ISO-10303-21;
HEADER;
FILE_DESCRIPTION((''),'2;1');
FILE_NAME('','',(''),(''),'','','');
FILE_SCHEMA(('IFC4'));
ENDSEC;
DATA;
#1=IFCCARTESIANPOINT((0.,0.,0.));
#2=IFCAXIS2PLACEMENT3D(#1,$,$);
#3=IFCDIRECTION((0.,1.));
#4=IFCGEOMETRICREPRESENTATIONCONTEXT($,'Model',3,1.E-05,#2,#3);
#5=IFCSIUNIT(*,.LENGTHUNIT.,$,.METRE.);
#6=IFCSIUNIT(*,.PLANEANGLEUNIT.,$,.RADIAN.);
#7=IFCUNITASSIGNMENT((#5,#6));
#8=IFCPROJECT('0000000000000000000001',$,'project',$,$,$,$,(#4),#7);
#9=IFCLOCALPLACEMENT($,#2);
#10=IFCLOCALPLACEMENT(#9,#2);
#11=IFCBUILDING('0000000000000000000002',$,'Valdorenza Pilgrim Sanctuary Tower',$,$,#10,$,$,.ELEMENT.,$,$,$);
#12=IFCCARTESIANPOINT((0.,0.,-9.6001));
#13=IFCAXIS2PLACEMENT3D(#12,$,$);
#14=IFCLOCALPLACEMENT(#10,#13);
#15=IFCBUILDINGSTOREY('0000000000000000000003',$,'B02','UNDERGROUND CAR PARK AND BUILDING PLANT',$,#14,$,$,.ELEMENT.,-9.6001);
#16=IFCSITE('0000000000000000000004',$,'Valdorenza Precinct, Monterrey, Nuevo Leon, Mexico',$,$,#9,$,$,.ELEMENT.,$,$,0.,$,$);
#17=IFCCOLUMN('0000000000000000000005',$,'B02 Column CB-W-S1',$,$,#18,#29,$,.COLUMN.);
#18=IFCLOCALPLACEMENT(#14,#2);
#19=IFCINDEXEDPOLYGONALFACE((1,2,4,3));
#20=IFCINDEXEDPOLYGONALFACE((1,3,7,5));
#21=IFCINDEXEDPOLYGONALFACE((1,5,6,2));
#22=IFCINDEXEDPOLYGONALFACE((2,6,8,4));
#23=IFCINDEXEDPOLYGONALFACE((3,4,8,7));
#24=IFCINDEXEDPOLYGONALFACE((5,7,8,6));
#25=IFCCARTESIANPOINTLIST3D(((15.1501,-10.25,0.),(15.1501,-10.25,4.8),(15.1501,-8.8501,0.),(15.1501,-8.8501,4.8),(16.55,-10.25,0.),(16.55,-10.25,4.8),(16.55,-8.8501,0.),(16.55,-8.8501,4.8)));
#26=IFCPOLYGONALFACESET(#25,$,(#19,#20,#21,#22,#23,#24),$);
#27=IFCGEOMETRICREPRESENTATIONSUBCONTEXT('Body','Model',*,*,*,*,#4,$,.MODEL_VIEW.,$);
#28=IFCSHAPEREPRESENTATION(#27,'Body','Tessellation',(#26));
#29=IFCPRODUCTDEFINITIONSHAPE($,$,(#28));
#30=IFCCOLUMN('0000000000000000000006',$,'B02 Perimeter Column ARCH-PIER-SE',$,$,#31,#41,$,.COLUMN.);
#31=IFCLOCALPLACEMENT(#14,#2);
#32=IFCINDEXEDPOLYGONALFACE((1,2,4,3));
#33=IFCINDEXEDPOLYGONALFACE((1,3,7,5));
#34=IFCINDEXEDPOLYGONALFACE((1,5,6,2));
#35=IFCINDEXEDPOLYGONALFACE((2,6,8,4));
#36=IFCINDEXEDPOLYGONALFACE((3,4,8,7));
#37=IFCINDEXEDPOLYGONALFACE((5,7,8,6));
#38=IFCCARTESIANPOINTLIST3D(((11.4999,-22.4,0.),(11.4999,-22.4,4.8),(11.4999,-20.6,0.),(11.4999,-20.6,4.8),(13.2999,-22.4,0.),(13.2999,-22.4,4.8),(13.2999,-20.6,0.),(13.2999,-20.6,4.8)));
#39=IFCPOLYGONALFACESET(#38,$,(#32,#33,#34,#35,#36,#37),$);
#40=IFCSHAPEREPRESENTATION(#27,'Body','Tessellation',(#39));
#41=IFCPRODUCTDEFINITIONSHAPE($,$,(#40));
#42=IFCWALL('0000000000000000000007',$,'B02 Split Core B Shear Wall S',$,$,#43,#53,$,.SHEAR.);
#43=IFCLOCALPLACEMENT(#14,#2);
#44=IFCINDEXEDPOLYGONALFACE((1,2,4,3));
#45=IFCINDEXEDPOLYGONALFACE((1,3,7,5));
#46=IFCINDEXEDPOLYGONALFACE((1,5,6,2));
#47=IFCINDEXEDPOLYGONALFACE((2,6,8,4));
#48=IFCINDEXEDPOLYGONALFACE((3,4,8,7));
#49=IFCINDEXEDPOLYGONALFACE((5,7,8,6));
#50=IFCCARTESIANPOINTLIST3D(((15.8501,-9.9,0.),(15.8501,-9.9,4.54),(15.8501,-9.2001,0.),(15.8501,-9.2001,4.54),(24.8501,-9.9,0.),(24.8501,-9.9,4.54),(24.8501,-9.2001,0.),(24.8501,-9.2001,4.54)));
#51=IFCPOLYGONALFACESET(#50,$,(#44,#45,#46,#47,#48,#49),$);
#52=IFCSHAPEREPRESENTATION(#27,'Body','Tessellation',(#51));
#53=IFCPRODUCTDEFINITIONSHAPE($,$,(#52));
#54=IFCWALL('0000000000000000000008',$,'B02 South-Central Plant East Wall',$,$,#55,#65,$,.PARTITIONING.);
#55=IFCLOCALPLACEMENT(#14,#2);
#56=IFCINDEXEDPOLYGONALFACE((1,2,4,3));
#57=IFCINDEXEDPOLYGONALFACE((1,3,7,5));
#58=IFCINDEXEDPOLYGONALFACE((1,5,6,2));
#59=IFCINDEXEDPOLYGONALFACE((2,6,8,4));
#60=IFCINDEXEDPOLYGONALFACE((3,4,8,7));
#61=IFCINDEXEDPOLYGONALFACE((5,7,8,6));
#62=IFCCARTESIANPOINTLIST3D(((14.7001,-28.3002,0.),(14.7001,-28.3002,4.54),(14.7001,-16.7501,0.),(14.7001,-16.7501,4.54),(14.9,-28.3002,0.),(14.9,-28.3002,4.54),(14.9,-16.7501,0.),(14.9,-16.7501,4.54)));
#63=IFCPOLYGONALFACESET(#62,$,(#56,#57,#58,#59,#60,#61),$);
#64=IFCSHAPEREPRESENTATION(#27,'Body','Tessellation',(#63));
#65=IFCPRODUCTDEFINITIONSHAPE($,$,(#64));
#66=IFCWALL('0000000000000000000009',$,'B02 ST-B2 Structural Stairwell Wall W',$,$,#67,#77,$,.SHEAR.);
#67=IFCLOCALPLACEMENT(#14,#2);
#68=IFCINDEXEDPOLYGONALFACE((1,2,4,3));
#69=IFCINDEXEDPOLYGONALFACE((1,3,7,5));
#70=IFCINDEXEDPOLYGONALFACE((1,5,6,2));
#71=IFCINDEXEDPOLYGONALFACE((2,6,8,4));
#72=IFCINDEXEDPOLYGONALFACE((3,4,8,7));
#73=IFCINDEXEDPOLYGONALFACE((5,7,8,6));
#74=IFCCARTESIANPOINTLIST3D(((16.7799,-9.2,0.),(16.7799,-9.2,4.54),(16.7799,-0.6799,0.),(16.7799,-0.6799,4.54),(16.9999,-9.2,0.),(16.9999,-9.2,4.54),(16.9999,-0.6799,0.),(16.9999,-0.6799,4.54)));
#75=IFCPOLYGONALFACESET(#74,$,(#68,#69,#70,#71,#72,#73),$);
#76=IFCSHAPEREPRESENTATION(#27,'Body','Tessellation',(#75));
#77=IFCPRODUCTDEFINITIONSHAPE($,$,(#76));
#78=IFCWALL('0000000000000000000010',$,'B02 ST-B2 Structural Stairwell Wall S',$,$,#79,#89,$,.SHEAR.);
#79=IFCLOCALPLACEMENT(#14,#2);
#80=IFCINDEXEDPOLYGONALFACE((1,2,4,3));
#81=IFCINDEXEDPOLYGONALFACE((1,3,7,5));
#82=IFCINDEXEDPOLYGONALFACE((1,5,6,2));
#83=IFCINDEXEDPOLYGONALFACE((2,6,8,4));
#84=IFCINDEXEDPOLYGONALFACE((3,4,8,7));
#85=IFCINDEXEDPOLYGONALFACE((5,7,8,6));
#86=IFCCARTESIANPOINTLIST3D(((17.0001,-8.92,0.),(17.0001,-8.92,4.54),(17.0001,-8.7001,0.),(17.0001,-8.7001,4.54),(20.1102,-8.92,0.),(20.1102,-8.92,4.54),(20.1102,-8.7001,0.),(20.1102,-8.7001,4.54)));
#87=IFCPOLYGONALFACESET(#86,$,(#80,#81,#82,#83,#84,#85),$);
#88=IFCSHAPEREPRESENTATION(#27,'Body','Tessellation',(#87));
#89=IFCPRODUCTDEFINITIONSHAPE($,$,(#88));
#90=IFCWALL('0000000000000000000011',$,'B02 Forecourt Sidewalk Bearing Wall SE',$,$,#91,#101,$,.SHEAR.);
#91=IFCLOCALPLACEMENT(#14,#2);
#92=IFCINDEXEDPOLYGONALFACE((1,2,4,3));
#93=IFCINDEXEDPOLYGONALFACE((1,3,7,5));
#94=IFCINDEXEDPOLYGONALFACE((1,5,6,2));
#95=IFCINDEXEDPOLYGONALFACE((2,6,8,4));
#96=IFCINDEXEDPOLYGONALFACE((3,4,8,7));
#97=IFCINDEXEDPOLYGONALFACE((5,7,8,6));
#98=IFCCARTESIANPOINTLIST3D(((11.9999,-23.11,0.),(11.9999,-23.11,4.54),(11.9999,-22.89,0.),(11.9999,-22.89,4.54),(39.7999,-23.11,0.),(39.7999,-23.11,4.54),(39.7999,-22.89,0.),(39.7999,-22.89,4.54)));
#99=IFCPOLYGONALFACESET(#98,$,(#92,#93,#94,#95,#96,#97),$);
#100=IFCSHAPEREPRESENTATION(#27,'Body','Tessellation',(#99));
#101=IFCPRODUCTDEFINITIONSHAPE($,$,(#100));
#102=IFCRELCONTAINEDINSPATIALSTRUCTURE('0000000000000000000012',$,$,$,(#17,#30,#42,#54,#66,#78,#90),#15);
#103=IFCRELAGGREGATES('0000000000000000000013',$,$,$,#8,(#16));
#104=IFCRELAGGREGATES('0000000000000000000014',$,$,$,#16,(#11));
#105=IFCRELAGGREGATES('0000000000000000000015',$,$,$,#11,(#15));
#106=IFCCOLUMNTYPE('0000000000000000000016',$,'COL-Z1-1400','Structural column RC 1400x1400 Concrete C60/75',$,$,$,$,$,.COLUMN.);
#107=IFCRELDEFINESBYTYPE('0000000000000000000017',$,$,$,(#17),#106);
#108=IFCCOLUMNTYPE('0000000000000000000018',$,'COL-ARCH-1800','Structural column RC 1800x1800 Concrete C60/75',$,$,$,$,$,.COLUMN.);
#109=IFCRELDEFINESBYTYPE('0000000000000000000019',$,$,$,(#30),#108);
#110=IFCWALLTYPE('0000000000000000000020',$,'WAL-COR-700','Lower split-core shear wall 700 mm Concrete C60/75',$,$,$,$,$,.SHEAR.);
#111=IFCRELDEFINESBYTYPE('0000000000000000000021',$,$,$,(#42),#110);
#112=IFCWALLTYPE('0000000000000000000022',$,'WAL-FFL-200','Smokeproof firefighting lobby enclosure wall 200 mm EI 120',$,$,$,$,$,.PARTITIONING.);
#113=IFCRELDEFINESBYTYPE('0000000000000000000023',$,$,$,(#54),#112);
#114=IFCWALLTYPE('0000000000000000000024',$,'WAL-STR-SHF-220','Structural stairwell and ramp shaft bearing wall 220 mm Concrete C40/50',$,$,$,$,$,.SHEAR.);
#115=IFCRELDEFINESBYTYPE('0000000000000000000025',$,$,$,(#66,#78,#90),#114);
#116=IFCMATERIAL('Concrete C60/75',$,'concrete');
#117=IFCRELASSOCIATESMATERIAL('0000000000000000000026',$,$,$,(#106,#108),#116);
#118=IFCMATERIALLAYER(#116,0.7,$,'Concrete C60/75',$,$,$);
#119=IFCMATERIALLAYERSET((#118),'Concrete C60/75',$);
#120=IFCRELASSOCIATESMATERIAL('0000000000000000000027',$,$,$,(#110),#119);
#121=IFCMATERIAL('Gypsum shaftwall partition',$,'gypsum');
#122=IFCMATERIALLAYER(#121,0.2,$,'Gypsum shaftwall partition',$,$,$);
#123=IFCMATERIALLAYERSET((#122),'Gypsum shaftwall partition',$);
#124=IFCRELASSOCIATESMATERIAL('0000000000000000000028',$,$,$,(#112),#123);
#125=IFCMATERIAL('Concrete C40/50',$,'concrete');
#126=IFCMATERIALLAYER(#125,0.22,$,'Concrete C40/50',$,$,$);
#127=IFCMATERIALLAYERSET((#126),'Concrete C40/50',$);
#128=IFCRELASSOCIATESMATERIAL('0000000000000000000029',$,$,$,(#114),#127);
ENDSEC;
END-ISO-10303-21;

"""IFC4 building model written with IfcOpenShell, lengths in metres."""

from ifc_helpers import new_model, si_unit, direction, frame, frame_2d, origin, origin_2d, place, context, subcontext, project, spatial, rectangle, extrude, source, transform, mapped, material, layer, layer_set, material_profile, profile_set, type_object, element, save


model = new_model("IFC4")

# Units and contexts
model_context = context("Model", 3, precision=1e-05, world=origin(), true_north=direction((0.0, 1.0)))
body_context = subcontext(model_context, "Body", "Model", "MODEL_VIEW")
ifc_project = project(units=[si_unit("LENGTHUNIT", "METRE"), si_unit("PLANEANGLEUNIT", "RADIAN")], contexts=[model_context])

# Site, building, storey
site_placement = place(None, origin())
site = spatial("IfcSite", under=ifc_project, at=site_placement, Name="Valdorenza Precinct, Monterrey, Nuevo Leon, Mexico", CompositionType="ELEMENT", RefElevation=0.0)
building_placement = place(site_placement, origin())
building = spatial("IfcBuilding", under=site, at=building_placement, Name="Valdorenza Pilgrim Sanctuary Tower", CompositionType="ELEMENT")
storey_placement = place(building_placement, frame((0.0, 0.0, -9.6001)))
storey = spatial("IfcBuildingStorey", under=building, at=storey_placement, Name="B02", Description="UNDERGROUND CAR PARK AND BUILDING PLANT", CompositionType="ELEMENT", Elevation=-9.6001)

# Columns
ifc_material_1 = material(Name="Concrete C60/75", Category="concrete")
ifc_material_profile_1 = material_profile(ifc_material_1, rectangle(XDim=1.3999, YDim=1.3999, at=origin_2d()), Name="RC 1400x1400")
ifc_profile_set_1 = profile_set([ifc_material_profile_1], Name="Concrete C60/75")
column_type_1 = type_object("IfcColumnType", Name="COL-Z1-1400", Description="Structural column RC 1400x1400 Concrete C60/75", PredefinedType="COLUMN", material=ifc_profile_set_1)
shared_shape_1 = source(origin(), body_context, "Body", "SweptSolid", [
    extrude(rectangle(XDim=1.3999, YDim=1.3999, at=origin_2d()), origin(), (0.0, 0.0, 1.0), 4.8),
])
column_1_placement = place(storey_placement, frame((15.8501, -9.55, 0.0), z_axis=(0.0, 0.0, 1.0), x_axis=(1.0, 0.0, 0.0)))
element("IfcColumn", 1, at=column_1_placement, inside=storey, type_object=column_type_1, Name="B02 Column CB-W-S1", PredefinedType="COLUMN", context=body_context, shape_type="MappedRepresentation", body=[
    mapped(shared_shape_1, transform((0.0, 0.0, 0.0), x_axis=(1.0, 0.0, 0.0), y_axis=(0.0, 1.0, 0.0), z_axis=(0.0, 0.0, 1.0), scale=1.0)),
])
ifc_material_profile_2 = material_profile(ifc_material_1, rectangle(XDim=1.8, YDim=1.8, at=origin_2d()), Name="RC 1800x1800")
ifc_profile_set_2 = profile_set([ifc_material_profile_2], Name="Concrete C60/75")
column_type_2 = type_object("IfcColumnType", Name="COL-ARCH-1800", Description="Structural column RC 1800x1800 Concrete C60/75", PredefinedType="COLUMN", material=ifc_profile_set_2)
shared_shape_2 = source(origin(), body_context, "Body", "SweptSolid", [
    extrude(rectangle(XDim=1.8, YDim=1.8, at=origin_2d()), origin(), (0.0, 0.0, 1.0), 4.8),
])
column_2_placement = place(storey_placement, frame((12.3999, -21.5, 0.0), z_axis=(0.0, 0.0, 1.0), x_axis=(1.0, 0.0, 0.0)))
element("IfcColumn", 2, at=column_2_placement, inside=storey, type_object=column_type_2, Name="B02 Perimeter Column ARCH-PIER-SE", PredefinedType="COLUMN", context=body_context, shape_type="MappedRepresentation", body=[
    mapped(shared_shape_2, transform((0.0, 0.0, 0.0), x_axis=(1.0, 0.0, 0.0), y_axis=(0.0, 1.0, 0.0), z_axis=(0.0, 0.0, 1.0), scale=1.0)),
])

# Walls
ifc_layer_1 = layer(ifc_material_1, 0.7, Name="Concrete C60/75")
ifc_layer_set_1 = layer_set([ifc_layer_1], Name="Concrete C60/75")
wall_type_1 = type_object("IfcWallType", Name="WAL-COR-700", Description="Lower split-core shear wall 700 mm Concrete C60/75", PredefinedType="SHEAR", material=ifc_layer_set_1)
wall_1_placement = place(storey_placement, frame((15.8501, -9.55, 0.0), z_axis=(0.0, 0.0, 1.0), x_axis=(1.0, 0.0, 0.0)))
element("IfcWall", 3, at=wall_1_placement, inside=storey, type_object=wall_type_1, Name="B02 Split Core B Shear Wall S", PredefinedType="SHEAR", context=body_context, shape_type="SweptSolid", body=[
    extrude(rectangle(XDim=9.0, YDim=0.7, at=frame_2d((4.5, 0.0))), origin(), (0.0, 0.0, 1.0), 4.54),
])
ifc_material_2 = material(Name="Gypsum shaftwall partition", Category="gypsum")
ifc_layer_2 = layer(ifc_material_2, 0.2, Name="Gypsum shaftwall partition")
ifc_layer_set_2 = layer_set([ifc_layer_2], Name="Gypsum shaftwall partition")
wall_type_2 = type_object("IfcWallType", Name="WAL-FFL-200", Description="Smokeproof firefighting lobby enclosure wall 200 mm EI 120", PredefinedType="PARTITIONING", material=ifc_layer_set_2)
wall_2_placement = place(storey_placement, frame((14.8, -28.3, 0.0), z_axis=(0.0, 0.0, 1.0), x_axis=(0.0, 1.0, 0.0)))
element("IfcWall", 4, at=wall_2_placement, inside=storey, type_object=wall_type_2, Name="B02 South-Central Plant East Wall", PredefinedType="PARTITIONING", context=body_context, shape_type="SweptSolid", body=[
    extrude(rectangle(XDim=11.55, YDim=0.2, at=frame_2d((5.7749, 0.0))), origin(), (0.0, 0.0, 1.0), 4.54),
])
ifc_material_3 = material(Name="Concrete C40/50", Category="concrete")
ifc_layer_3 = layer(ifc_material_3, 0.22, Name="Concrete C40/50")
ifc_layer_set_3 = layer_set([ifc_layer_3], Name="Concrete C40/50")
wall_type_3 = type_object("IfcWallType", Name="WAL-STR-SHF-220", Description="Structural stairwell and ramp shaft bearing wall 220 mm Concrete C40/50", PredefinedType="SHEAR", material=ifc_layer_set_3)
wall_3_placement = place(storey_placement, frame((16.8899, -9.2, 0.0), z_axis=(0.0, 0.0, 1.0), x_axis=(0.0, 1.0, 0.0)))
element("IfcWall", 5, at=wall_3_placement, inside=storey, type_object=wall_type_3, Name="B02 ST-B2 Structural Stairwell Wall W", PredefinedType="SHEAR", context=body_context, shape_type="SweptSolid", body=[
    extrude(rectangle(XDim=8.52, YDim=0.22, at=frame_2d((4.26, 0.0))), origin(), (0.0, 0.0, 1.0), 4.54),
])
wall_4_placement = place(storey_placement, frame((17.0, -8.8101, 0.0), z_axis=(0.0, 0.0, 1.0), x_axis=(1.0, 0.0, 0.0)))
element("IfcWall", 6, at=wall_4_placement, inside=storey, type_object=wall_type_3, Name="B02 ST-B2 Structural Stairwell Wall S", PredefinedType="SHEAR", context=body_context, shape_type="SweptSolid", body=[
    extrude(rectangle(XDim=3.1101, YDim=0.22, at=frame_2d((1.5552, 0.0))), origin(), (0.0, 0.0, 1.0), 4.54),
])
wall_5_placement = place(storey_placement, frame((12.0, -23.0, 0.0), z_axis=(0.0, 0.0, 1.0), x_axis=(1.0, 0.0, 0.0)))
element("IfcWall", 7, at=wall_5_placement, inside=storey, type_object=wall_type_3, Name="B02 Forecourt Sidewalk Bearing Wall SE", PredefinedType="SHEAR", context=body_context, shape_type="SweptSolid", body=[
    extrude(rectangle(XDim=27.8, YDim=0.22, at=frame_2d((13.8999, 0.0))), origin(), (0.0, 0.0, 1.0), 4.54),
])

save(model, "model.ifc")
